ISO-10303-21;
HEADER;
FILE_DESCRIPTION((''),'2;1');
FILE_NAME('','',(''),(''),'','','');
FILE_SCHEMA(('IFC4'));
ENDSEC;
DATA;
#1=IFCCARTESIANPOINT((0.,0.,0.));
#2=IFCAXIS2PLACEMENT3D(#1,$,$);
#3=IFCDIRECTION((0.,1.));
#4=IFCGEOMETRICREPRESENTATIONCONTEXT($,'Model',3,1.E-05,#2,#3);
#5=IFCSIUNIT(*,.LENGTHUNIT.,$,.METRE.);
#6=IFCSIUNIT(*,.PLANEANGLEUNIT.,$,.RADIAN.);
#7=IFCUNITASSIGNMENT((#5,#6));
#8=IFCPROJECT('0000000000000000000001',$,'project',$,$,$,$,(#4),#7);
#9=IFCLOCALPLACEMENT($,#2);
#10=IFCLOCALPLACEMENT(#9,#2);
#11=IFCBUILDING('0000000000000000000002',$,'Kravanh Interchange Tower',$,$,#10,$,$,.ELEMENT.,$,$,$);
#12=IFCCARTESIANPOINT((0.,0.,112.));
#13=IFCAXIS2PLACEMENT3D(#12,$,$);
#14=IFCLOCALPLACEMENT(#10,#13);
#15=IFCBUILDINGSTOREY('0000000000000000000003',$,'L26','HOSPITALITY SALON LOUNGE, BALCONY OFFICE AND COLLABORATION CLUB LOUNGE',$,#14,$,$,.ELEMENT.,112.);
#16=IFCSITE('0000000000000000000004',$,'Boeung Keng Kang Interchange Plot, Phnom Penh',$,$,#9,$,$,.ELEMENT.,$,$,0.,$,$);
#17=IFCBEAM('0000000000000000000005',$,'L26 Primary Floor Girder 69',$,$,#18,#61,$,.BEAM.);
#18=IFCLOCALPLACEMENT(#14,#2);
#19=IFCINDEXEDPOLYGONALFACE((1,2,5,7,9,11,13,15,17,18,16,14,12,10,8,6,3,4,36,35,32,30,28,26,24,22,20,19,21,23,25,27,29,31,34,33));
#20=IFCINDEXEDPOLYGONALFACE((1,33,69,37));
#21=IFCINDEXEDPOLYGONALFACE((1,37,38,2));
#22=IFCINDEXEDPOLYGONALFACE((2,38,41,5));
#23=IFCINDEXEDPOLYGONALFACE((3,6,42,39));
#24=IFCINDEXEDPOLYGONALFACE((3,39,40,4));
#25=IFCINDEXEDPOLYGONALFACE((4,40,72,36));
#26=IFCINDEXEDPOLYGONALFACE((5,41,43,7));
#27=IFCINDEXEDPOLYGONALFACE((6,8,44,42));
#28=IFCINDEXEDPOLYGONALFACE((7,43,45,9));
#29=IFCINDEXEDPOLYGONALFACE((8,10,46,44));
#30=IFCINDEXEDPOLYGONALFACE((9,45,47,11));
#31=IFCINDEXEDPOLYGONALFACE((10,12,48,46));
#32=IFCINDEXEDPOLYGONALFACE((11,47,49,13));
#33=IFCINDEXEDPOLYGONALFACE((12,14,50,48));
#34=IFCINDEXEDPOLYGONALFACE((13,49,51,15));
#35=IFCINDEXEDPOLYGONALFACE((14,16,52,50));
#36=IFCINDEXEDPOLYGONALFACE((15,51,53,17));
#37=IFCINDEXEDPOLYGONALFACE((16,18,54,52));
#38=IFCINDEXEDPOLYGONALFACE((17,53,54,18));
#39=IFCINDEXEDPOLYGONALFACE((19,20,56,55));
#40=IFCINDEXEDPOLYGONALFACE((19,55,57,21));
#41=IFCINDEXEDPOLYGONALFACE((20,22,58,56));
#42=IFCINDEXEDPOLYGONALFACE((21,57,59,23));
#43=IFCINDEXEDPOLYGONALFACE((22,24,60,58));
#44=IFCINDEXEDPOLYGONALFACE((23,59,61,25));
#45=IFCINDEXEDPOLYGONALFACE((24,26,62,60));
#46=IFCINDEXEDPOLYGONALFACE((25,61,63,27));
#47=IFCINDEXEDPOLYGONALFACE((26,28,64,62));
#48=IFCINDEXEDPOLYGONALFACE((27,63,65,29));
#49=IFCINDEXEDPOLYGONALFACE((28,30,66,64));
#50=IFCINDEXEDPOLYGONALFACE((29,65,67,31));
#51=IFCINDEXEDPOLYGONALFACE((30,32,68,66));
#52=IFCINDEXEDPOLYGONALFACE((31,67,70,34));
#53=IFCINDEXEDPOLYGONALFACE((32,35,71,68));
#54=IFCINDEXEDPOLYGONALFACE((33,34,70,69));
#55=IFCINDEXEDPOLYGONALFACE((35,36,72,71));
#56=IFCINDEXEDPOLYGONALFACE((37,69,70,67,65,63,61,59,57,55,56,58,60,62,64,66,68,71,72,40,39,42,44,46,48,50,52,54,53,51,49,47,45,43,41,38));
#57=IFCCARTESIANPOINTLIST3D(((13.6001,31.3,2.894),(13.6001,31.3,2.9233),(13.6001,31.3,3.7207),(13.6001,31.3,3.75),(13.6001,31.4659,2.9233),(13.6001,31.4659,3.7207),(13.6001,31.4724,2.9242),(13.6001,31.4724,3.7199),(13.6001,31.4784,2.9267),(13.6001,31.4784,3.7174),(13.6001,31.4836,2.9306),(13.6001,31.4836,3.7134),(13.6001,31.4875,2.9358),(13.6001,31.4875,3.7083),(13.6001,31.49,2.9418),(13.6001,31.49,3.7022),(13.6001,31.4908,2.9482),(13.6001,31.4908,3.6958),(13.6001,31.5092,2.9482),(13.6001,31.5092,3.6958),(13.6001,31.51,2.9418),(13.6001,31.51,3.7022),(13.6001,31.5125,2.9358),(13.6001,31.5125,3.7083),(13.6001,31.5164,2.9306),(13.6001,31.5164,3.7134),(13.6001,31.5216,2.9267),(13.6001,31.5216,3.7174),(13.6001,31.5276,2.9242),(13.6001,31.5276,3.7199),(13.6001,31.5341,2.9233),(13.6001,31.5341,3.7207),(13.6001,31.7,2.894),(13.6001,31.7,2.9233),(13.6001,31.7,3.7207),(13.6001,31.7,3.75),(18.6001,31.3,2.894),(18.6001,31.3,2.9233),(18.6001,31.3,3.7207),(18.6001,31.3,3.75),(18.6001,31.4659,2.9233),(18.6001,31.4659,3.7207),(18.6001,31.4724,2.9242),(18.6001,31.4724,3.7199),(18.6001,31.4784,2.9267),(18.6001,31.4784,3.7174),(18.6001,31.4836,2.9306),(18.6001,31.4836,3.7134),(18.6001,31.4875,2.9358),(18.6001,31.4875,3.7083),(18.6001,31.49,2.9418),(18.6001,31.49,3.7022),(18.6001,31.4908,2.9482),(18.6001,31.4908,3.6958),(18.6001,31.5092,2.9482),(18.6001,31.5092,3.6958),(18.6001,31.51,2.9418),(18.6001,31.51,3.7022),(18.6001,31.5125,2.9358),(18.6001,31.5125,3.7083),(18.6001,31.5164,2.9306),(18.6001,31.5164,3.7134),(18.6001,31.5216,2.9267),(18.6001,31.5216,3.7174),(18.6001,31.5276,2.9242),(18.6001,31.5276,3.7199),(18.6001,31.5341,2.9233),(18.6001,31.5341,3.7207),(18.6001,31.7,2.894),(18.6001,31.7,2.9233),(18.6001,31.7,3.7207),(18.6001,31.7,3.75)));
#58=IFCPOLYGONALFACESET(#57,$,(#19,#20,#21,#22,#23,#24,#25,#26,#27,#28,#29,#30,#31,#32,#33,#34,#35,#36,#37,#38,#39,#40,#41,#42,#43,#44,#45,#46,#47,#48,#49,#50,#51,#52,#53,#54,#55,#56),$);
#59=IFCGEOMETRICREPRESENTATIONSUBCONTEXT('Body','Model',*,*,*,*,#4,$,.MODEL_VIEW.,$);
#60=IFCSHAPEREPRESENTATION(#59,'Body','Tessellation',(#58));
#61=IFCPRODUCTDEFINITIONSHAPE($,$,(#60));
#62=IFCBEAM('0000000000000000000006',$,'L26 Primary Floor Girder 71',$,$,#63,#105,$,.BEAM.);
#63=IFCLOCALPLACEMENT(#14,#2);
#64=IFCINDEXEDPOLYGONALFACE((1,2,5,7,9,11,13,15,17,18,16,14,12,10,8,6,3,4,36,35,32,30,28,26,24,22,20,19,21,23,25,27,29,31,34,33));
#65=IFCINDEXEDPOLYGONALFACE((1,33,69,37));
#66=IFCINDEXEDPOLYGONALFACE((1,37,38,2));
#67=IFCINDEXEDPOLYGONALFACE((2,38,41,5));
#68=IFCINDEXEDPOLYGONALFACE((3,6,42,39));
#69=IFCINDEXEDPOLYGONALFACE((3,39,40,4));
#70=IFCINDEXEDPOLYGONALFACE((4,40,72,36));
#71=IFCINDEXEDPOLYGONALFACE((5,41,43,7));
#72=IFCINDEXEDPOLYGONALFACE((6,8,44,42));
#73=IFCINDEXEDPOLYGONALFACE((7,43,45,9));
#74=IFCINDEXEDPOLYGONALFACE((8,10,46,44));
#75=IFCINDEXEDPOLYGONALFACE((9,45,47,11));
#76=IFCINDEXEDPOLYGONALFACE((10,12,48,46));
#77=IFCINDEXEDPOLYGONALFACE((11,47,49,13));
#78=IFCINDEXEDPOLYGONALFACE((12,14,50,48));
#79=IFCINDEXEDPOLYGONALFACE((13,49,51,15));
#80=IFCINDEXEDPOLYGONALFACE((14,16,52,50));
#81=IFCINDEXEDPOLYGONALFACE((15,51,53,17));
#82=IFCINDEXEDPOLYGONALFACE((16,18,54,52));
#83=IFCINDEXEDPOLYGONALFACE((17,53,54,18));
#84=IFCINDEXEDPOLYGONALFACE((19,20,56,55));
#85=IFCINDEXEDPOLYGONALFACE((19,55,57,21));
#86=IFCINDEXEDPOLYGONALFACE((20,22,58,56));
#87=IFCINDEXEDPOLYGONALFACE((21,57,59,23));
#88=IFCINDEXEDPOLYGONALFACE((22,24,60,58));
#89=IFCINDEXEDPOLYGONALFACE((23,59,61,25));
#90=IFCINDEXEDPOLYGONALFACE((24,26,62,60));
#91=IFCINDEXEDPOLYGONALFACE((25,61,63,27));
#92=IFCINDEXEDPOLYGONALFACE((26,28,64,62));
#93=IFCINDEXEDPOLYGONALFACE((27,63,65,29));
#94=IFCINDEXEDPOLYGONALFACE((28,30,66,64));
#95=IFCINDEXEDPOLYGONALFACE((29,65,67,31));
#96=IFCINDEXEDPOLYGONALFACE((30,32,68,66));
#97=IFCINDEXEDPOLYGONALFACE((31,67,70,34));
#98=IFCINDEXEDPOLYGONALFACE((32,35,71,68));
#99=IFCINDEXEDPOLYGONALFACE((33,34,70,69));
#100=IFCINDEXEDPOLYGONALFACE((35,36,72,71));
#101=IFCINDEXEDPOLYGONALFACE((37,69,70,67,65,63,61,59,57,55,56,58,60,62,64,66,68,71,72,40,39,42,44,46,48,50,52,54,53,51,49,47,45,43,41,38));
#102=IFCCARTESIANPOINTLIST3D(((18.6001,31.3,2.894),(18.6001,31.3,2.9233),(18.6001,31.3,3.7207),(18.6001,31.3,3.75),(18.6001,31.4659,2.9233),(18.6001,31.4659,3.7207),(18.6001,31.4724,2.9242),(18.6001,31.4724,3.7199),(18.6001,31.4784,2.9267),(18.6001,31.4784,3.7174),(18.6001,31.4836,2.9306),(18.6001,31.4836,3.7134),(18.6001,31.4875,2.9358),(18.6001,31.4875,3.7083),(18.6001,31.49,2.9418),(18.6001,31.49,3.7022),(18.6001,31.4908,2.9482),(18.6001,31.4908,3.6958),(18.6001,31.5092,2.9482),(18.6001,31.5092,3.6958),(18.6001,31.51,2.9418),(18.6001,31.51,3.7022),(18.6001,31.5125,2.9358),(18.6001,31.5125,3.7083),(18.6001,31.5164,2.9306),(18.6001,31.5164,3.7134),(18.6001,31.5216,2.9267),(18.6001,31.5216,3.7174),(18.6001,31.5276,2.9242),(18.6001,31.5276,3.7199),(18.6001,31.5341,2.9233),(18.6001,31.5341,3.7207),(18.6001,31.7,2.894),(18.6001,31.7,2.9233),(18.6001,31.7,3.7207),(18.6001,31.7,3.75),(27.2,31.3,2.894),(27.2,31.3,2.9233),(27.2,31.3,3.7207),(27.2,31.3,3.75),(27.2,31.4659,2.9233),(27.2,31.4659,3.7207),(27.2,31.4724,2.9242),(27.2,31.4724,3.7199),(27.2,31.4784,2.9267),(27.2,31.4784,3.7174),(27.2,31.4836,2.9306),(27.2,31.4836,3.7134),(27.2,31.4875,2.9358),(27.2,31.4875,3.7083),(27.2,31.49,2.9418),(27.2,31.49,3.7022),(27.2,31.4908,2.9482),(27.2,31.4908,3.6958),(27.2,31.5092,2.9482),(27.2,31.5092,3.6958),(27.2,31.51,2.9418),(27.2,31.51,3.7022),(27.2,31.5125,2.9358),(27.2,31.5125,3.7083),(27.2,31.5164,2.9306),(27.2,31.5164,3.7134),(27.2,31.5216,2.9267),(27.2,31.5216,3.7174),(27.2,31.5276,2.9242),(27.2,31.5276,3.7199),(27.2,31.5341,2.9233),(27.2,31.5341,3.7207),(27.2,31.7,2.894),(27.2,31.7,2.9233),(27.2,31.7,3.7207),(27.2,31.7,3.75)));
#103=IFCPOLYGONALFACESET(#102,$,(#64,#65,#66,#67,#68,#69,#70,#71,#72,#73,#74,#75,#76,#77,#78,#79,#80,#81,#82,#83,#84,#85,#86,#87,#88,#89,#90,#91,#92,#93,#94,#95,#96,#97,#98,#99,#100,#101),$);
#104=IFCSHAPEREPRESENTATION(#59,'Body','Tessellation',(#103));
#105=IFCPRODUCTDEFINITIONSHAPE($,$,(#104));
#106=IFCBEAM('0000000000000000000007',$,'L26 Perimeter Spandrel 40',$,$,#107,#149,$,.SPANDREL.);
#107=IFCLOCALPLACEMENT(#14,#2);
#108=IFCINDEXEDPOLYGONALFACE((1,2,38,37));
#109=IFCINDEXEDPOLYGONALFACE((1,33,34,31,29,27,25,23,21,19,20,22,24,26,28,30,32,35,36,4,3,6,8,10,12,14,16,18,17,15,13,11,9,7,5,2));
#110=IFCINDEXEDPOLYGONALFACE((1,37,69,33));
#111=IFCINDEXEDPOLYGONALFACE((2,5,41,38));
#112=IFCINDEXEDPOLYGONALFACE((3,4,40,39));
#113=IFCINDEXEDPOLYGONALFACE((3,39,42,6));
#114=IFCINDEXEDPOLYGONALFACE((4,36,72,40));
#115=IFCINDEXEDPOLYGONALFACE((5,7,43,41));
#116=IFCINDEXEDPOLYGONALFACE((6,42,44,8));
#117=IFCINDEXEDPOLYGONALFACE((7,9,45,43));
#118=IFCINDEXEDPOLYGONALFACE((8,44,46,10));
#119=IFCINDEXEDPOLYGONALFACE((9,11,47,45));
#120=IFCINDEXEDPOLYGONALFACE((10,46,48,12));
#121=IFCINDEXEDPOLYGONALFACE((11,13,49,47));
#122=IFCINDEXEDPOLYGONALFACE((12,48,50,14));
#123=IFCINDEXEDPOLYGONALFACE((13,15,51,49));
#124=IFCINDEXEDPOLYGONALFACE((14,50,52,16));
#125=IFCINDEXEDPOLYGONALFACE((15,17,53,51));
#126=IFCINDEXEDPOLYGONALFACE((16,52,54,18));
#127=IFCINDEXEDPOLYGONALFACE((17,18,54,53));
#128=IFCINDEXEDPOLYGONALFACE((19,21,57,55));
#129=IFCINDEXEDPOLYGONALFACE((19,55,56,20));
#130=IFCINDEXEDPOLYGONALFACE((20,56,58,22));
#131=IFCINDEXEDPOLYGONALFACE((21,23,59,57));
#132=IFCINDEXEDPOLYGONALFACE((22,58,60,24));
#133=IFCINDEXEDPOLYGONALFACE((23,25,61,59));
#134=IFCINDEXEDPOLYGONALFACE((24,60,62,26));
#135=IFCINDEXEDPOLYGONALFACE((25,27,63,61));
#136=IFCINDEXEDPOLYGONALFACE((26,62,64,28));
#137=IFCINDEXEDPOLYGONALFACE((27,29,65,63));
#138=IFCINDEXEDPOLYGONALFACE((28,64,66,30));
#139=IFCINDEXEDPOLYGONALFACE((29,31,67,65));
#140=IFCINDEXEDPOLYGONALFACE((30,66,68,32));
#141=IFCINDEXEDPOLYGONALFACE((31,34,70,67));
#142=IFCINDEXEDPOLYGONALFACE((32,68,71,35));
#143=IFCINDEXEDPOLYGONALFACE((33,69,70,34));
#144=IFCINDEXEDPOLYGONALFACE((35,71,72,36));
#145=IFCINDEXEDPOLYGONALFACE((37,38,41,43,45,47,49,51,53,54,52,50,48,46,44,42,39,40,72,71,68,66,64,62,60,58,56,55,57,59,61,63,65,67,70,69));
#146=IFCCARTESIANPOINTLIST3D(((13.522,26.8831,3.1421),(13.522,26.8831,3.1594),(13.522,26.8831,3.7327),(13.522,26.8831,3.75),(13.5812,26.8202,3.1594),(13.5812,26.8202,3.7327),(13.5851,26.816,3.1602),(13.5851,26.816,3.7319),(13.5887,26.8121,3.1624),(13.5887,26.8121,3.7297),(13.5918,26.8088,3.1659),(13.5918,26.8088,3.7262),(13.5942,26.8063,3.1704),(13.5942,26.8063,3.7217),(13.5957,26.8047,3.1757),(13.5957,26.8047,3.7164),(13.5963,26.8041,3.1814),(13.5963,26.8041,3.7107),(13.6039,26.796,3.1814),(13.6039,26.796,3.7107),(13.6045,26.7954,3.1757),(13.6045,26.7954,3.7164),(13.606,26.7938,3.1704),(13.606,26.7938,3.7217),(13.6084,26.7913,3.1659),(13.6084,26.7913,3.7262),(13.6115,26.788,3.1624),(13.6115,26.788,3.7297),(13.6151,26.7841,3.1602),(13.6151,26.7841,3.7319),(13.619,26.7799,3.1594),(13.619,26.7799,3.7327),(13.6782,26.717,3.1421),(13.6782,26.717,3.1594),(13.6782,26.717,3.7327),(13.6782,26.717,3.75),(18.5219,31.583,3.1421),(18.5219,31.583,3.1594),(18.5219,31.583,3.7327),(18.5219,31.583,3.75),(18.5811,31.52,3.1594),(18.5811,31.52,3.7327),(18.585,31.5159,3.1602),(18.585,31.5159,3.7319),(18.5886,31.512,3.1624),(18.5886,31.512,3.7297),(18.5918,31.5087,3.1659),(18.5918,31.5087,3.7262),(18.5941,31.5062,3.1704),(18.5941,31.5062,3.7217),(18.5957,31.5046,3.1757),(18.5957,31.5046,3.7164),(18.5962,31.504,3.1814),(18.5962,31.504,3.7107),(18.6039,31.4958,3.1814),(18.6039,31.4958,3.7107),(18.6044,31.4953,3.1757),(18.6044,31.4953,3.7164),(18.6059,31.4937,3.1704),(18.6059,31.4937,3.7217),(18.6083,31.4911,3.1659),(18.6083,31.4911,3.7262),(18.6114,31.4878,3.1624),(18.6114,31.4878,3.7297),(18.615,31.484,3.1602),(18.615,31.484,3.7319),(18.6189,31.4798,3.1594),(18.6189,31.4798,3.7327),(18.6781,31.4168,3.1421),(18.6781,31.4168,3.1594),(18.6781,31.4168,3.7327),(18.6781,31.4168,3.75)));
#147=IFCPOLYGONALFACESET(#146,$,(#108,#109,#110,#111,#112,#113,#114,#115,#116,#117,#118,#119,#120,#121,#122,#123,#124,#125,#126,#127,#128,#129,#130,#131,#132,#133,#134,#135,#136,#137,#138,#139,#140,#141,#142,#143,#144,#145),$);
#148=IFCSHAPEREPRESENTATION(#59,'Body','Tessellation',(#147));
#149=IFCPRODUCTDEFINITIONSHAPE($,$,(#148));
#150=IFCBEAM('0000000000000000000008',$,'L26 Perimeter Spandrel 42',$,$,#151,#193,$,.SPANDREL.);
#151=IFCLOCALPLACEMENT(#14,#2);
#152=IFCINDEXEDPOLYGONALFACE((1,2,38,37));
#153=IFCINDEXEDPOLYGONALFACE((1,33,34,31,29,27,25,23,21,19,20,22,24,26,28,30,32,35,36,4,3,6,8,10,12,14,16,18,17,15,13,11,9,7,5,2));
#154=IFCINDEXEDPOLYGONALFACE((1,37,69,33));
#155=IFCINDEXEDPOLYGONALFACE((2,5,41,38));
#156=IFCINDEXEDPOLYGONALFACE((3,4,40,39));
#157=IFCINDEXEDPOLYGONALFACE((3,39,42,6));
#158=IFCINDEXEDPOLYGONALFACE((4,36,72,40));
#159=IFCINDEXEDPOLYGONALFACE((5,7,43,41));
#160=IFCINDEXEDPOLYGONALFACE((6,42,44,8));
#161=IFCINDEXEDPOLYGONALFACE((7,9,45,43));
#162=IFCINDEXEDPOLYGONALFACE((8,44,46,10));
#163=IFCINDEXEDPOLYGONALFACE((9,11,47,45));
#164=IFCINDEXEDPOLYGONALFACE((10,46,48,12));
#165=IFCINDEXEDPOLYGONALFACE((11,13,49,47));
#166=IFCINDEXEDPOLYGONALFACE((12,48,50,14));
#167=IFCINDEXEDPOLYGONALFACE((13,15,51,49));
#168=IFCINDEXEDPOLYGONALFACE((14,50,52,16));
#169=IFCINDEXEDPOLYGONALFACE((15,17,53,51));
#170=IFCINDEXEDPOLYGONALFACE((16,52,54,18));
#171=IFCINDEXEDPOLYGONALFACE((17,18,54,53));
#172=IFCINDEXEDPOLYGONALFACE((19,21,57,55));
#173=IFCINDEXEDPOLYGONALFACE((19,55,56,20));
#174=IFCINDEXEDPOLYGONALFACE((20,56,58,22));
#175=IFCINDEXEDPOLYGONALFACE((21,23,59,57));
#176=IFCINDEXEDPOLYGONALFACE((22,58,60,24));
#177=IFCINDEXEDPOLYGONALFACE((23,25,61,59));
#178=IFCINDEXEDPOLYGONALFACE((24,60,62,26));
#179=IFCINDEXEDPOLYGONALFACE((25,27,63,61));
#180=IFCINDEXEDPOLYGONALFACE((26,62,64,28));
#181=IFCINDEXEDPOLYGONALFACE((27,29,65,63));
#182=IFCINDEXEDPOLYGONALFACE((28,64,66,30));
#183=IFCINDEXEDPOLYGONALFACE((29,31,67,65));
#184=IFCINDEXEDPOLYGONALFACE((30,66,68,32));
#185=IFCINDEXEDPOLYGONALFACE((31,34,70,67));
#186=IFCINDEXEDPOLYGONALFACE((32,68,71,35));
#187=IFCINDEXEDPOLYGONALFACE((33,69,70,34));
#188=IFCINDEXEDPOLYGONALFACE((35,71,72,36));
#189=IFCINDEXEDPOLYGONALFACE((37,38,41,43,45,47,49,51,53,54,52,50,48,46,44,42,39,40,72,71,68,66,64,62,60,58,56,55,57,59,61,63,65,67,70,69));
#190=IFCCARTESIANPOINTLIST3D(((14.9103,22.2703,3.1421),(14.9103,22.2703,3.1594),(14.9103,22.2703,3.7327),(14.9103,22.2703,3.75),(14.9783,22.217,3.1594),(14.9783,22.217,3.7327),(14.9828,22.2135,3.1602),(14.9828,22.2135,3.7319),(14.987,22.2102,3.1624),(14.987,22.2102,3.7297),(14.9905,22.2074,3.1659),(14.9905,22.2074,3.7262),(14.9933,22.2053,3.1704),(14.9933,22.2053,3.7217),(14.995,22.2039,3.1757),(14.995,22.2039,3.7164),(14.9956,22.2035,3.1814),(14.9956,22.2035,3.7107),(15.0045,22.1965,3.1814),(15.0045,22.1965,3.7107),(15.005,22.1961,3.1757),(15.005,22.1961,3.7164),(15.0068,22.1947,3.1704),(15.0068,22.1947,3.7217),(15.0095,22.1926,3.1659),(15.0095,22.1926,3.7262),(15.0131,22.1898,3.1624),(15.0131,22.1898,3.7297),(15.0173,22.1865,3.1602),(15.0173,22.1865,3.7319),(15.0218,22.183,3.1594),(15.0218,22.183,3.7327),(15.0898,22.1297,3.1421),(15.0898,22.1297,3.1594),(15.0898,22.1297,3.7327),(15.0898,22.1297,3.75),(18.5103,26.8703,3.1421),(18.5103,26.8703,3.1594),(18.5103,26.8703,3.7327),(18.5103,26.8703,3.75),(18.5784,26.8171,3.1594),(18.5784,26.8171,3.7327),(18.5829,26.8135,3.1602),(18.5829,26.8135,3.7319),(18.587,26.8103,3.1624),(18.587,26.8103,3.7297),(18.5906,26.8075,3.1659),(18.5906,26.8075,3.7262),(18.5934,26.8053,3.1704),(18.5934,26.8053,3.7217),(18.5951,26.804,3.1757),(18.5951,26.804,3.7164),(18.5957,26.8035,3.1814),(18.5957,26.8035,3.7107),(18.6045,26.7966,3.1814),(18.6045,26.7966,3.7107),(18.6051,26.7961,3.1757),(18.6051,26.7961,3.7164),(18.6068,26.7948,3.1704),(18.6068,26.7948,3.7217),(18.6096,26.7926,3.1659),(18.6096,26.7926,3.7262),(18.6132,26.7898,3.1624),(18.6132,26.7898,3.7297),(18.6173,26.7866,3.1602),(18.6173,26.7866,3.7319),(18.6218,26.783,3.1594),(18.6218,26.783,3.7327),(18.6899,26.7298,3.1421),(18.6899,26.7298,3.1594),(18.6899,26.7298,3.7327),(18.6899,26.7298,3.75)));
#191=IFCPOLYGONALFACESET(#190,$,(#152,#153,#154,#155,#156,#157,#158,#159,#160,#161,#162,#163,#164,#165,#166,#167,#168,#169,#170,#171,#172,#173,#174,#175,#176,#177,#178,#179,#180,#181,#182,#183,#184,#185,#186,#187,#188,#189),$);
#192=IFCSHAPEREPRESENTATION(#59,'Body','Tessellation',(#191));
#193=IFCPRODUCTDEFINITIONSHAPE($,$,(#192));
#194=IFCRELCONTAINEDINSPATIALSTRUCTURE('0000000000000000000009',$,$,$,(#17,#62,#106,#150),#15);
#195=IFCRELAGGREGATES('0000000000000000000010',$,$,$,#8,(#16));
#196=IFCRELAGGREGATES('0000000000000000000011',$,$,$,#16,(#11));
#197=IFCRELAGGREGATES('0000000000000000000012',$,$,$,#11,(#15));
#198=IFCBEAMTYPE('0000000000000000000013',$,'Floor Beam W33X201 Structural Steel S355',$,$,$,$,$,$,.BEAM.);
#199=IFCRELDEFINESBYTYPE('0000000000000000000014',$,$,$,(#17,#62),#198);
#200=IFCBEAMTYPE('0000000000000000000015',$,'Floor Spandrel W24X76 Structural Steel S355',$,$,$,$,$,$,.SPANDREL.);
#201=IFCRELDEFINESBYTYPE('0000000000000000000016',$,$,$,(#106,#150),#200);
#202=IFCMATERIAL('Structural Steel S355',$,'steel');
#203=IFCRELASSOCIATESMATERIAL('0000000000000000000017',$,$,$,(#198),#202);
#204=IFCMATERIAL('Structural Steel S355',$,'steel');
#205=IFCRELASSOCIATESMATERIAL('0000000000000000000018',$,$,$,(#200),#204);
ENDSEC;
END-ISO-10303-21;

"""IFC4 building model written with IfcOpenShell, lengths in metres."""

from ifc_helpers import new_model, si_unit, direction, frame, origin, origin_2d, place, context, subcontext, project, spatial, i_section, extrude, material, material_profile, profile_set, type_object, element, save


model = new_model("IFC4")

# Units and contexts
model_context = context("Model", 3, precision=1e-05, world=origin(), true_north=direction((0.0, 1.0)))
body_context = subcontext(model_context, "Body", "Model", "MODEL_VIEW")
ifc_project = project(units=[si_unit("LENGTHUNIT", "METRE"), si_unit("PLANEANGLEUNIT", "RADIAN")], contexts=[model_context])

# Site, building, storey
site_placement = place(None, origin())
site = spatial("IfcSite", under=ifc_project, at=site_placement, Name="Boeung Keng Kang Interchange Plot, Phnom Penh", CompositionType="ELEMENT", RefElevation=0.0)
building_placement = place(site_placement, origin())
building = spatial("IfcBuilding", under=site, at=building_placement, Name="Kravanh Interchange Tower", CompositionType="ELEMENT")
storey_placement = place(building_placement, frame((0.0, 0.0, 112.0)))
storey = spatial("IfcBuildingStorey", under=building, at=storey_placement, Name="L26", Description="HOSPITALITY SALON LOUNGE, BALCONY OFFICE AND COLLABORATION CLUB LOUNGE", CompositionType="ELEMENT", Elevation=112.0)

# Beams
ifc_material_1 = material(Name="Structural Steel S355", Category="steel")
ifc_material_profile_1 = material_profile(ifc_material_1, i_section(OverallWidth=0.3999, OverallDepth=0.856, WebThickness=0.0183, FlangeThickness=0.0293, FilletRadius=0.0249, at=origin_2d()), Name="W33X201")
ifc_profile_set_1 = profile_set([ifc_material_profile_1], Name="Structural Steel S355")
beam_type_1 = type_object("IfcBeamType", Name="Floor Beam W33X201 Structural Steel S355", PredefinedType="BEAM", material=ifc_profile_set_1)
beam_1_placement = place(storey_placement, frame((13.6001, 31.5, 3.322), z_axis=(1.0, 0.0, 0.0), x_axis=(0.0, 1.0, 0.0)))
element("IfcBeam", 1, at=beam_1_placement, inside=storey, type_object=beam_type_1, Name="L26 Primary Floor Girder 69", PredefinedType="BEAM", context=body_context, shape_type="SweptSolid", body=[
    extrude(i_section(OverallWidth=0.3999, OverallDepth=0.856, WebThickness=0.0183, FlangeThickness=0.0293, FilletRadius=0.0249, at=origin_2d()), origin(), (0.0, 0.0, 1.0), 5.0),
])
beam_2_placement = place(storey_placement, frame((18.6001, 31.5, 3.322), z_axis=(1.0, 0.0, 0.0), x_axis=(0.0, 1.0, 0.0)))
element("IfcBeam", 2, at=beam_2_placement, inside=storey, type_object=beam_type_1, Name="L26 Primary Floor Girder 71", PredefinedType="BEAM", context=body_context, shape_type="SweptSolid", body=[
    extrude(i_section(OverallWidth=0.3999, OverallDepth=0.856, WebThickness=0.0183, FlangeThickness=0.0293, FilletRadius=0.0249, at=origin_2d()), origin(), (0.0, 0.0, 1.0), 8.5999),
])
ifc_material_2 = material(Name="Structural Steel S355", Category="steel")
ifc_material_profile_2 = material_profile(ifc_material_2, i_section(OverallWidth=0.228, OverallDepth=0.6079, WebThickness=0.0112, FlangeThickness=0.0173, FilletRadius=0.022, at=origin_2d()), Name="W24X76")
ifc_profile_set_2 = profile_set([ifc_material_profile_2], Name="Structural Steel S355")
beam_type_2 = type_object("IfcBeamType", Name="Floor Spandrel W24X76 Structural Steel S355", PredefinedType="SPANDREL", material=ifc_profile_set_2)
beam_3_placement = place(storey_placement, frame((13.6001, 26.8, 3.446), z_axis=(0.728631, 0.684906, 0.0), x_axis=(-0.684906, 0.728631, 0.0)))
element("IfcBeam", 3, at=beam_3_placement, inside=storey, type_object=beam_type_2, Name="L26 Perimeter Spandrel 40", PredefinedType="SPANDREL", context=body_context, shape_type="SweptSolid", body=[
    extrude(i_section(OverallWidth=0.228, OverallDepth=0.6079, WebThickness=0.0112, FlangeThickness=0.0173, FilletRadius=0.022, at=origin_2d()), origin(), (0.0, 0.0, 1.0), 6.8621),
])
beam_4_placement = place(storey_placement, frame((18.6001, 26.8, 3.446), z_axis=(-0.616311, -0.787503, 0.0), x_axis=(0.787503, -0.616311, 0.0)))
element("IfcBeam", 4, at=beam_4_placement, inside=storey, type_object=beam_type_2, Name="L26 Perimeter Spandrel 42", PredefinedType="SPANDREL", context=body_context, shape_type="SweptSolid", body=[
    extrude(i_section(OverallWidth=0.228, OverallDepth=0.6079, WebThickness=0.0112, FlangeThickness=0.0173, FilletRadius=0.022, at=origin_2d()), origin(), (0.0, 0.0, 1.0), 5.8413),
])

save(model, "model.ifc")
